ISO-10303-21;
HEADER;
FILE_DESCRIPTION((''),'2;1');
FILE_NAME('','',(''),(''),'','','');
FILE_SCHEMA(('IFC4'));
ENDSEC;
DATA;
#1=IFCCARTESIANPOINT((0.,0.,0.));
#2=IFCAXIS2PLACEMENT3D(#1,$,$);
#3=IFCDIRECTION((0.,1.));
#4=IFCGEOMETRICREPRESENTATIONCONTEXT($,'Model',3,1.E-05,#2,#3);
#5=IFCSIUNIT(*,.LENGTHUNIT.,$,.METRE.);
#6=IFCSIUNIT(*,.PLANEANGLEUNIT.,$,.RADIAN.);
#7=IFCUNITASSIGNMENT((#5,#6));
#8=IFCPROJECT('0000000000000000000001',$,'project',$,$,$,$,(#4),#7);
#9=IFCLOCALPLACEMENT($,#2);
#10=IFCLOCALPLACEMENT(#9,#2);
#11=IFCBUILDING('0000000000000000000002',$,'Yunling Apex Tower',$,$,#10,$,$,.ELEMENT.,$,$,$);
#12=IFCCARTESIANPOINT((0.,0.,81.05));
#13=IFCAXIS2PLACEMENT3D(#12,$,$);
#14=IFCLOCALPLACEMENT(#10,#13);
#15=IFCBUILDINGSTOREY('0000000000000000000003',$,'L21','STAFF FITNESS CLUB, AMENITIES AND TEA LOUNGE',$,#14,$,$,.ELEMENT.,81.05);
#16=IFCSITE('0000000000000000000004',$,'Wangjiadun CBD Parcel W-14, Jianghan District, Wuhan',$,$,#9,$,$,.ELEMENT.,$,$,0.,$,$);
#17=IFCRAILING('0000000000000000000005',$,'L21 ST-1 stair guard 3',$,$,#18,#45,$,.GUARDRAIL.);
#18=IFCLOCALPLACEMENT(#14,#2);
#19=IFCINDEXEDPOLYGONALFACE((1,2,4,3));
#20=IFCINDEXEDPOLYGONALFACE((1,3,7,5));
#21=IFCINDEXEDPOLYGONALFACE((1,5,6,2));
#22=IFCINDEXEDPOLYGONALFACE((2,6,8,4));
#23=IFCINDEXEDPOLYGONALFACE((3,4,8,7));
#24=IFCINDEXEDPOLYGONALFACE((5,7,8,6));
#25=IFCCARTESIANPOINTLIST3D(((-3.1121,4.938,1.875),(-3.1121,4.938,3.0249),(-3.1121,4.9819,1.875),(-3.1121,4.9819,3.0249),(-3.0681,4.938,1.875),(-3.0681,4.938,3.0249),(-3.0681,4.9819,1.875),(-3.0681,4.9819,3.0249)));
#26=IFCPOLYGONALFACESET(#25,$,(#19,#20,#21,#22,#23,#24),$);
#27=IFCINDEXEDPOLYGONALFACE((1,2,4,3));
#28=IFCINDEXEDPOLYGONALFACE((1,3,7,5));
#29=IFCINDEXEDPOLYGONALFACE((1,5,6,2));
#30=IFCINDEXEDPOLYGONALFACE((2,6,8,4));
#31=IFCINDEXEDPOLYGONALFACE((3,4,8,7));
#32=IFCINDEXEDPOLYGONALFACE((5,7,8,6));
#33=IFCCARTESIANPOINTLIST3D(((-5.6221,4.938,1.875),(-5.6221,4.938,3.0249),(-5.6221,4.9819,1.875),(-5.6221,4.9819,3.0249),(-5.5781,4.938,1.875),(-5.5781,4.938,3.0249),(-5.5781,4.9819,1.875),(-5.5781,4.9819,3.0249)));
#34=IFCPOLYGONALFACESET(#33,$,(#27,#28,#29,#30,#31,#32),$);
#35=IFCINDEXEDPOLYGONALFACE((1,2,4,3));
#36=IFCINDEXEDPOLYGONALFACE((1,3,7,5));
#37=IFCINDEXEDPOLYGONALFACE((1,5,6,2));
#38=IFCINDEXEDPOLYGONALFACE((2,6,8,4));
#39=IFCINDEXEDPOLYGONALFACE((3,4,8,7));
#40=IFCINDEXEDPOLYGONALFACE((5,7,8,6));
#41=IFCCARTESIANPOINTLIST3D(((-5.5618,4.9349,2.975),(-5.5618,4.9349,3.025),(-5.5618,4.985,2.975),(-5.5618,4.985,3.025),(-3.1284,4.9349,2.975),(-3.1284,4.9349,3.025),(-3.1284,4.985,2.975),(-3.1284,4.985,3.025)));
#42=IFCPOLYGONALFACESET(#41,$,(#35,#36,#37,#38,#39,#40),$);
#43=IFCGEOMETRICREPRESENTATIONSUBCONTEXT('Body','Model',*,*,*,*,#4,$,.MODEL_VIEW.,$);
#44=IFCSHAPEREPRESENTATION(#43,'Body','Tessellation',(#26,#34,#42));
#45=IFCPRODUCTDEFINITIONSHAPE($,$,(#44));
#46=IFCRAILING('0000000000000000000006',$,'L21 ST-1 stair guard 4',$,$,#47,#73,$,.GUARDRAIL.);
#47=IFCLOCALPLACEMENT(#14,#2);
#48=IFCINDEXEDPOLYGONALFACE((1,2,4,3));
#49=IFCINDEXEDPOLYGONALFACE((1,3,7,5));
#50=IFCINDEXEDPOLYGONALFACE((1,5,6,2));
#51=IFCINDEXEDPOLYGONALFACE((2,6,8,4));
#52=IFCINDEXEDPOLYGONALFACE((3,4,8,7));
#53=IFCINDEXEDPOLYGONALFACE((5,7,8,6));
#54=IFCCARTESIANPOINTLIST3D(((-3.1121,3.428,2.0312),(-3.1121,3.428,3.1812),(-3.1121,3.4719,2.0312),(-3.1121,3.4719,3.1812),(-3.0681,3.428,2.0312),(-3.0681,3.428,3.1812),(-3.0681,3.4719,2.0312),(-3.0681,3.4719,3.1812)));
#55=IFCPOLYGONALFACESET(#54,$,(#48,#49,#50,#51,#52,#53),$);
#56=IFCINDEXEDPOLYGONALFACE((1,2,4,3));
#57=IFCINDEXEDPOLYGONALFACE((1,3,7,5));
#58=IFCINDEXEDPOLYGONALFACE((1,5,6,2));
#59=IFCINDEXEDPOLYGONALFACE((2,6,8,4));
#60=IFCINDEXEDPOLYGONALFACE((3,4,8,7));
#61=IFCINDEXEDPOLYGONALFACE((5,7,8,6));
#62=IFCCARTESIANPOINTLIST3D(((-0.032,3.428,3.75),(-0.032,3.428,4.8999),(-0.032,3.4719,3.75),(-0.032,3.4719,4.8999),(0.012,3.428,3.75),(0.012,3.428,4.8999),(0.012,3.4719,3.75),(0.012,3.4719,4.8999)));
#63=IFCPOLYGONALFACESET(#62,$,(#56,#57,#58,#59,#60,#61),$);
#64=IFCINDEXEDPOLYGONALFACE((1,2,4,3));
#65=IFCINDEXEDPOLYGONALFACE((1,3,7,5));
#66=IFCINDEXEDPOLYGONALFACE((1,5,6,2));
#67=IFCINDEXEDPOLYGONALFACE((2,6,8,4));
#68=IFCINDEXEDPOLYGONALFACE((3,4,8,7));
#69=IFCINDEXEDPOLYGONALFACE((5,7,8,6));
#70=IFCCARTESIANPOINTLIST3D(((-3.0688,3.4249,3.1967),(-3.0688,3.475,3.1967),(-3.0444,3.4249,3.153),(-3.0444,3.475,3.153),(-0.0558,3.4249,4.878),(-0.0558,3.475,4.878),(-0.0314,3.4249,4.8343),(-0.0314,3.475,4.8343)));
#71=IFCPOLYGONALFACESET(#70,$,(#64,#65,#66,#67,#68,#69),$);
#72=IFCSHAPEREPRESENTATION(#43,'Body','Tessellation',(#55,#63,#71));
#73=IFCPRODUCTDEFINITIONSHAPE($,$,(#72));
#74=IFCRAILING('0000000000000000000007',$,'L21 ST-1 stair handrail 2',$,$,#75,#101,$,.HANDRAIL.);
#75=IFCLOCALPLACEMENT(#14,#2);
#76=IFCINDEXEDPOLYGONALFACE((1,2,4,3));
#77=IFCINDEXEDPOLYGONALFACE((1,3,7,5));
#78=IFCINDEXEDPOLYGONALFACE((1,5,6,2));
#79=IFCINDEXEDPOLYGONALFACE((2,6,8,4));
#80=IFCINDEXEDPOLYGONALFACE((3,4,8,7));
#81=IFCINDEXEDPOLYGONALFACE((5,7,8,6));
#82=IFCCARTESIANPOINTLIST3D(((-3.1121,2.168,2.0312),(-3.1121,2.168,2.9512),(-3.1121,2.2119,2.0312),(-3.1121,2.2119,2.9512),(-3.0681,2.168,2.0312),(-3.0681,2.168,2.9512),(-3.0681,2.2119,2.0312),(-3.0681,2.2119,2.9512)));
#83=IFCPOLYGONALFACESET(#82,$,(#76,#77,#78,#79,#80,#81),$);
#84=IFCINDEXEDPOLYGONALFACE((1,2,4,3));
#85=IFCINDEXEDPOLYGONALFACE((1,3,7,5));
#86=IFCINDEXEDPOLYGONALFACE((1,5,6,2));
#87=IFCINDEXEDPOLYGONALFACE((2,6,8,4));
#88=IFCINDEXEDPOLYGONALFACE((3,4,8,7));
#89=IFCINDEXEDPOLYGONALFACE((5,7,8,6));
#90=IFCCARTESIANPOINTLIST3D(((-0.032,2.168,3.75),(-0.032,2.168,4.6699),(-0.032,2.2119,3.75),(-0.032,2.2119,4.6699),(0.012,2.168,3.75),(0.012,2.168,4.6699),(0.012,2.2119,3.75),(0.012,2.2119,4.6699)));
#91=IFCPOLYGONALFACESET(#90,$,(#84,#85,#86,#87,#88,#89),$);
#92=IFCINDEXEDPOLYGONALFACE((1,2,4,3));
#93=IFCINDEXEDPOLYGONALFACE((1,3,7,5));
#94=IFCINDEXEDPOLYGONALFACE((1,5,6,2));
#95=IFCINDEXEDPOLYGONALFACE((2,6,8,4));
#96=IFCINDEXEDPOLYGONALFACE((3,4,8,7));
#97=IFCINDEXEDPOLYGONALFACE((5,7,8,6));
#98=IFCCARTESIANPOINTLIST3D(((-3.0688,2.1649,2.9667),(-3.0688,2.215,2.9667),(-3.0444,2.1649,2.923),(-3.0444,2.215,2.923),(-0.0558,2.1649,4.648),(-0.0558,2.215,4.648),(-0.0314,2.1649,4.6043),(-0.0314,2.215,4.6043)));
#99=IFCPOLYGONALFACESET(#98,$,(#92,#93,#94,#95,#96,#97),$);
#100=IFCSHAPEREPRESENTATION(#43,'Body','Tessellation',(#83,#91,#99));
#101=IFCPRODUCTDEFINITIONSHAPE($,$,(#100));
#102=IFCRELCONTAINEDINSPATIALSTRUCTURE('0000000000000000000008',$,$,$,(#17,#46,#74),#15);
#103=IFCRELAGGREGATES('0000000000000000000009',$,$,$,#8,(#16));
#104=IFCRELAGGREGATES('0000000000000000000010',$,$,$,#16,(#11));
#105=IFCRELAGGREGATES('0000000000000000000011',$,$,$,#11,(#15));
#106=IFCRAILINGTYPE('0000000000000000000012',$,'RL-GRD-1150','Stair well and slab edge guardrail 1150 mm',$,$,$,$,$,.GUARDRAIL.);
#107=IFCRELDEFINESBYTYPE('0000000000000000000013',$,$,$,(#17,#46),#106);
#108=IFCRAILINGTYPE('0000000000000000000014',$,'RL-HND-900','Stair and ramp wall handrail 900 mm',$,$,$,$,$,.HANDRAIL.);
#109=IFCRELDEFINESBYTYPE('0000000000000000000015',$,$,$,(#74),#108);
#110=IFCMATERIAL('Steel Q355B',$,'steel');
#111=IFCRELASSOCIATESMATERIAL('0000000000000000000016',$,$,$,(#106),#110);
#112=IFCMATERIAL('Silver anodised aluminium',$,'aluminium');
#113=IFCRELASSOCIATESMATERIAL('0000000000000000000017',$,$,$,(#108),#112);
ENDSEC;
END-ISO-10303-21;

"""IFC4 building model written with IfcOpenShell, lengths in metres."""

from ifc_helpers import new_model, si_unit, direction, frame, origin, origin_2d, place, context, subcontext, project, spatial, rectangle, extrude, material, type_object, element, save


model = new_model("IFC4")

# Units and contexts
model_context = context("Model", 3, precision=1e-05, world=origin(), true_north=direction((0.0, 1.0)))
body_context = subcontext(model_context, "Body", "Model", "MODEL_VIEW")
ifc_project = project(units=[si_unit("LENGTHUNIT", "METRE"), si_unit("PLANEANGLEUNIT", "RADIAN")], contexts=[model_context])

# Site, building, storey
site_placement = place(None, origin())
site = spatial("IfcSite", under=ifc_project, at=site_placement, Name="Wangjiadun CBD Parcel W-14, Jianghan District, Wuhan", CompositionType="ELEMENT", RefElevation=0.0)
building_placement = place(site_placement, origin())
building = spatial("IfcBuilding", under=site, at=building_placement, Name="Yunling Apex Tower", CompositionType="ELEMENT")
storey_placement = place(building_placement, frame((0.0, 0.0, 81.05)))
storey = spatial("IfcBuildingStorey", under=building, at=storey_placement, Name="L21", Description="STAFF FITNESS CLUB, AMENITIES AND TEA LOUNGE", CompositionType="ELEMENT", Elevation=81.05)

# Shared definitions
ifc_material_1 = material(Name="Steel Q355B", Category="steel")

# Shared definitions
ifc_material_2 = material(Name="Silver anodised aluminium", Category="aluminium")

# Railings
railing_type_1 = type_object("IfcRailingType", Name="RL-GRD-1150", Description="Stair well and slab edge guardrail 1150 mm", PredefinedType="GUARDRAIL", material=ifc_material_1)
railing_1_placement = place(storey_placement, frame((-3.0901, 4.96, 1.875)))
element("IfcRailing", 1, at=railing_1_placement, inside=storey, type_object=railing_type_1, Name="L21 ST-1 stair guard 3", PredefinedType="GUARDRAIL", context=body_context, shape_type="SweptSolid", body=[
    extrude(rectangle(XDim=0.0439, YDim=0.0439, at=origin_2d()), origin(), (0.0, 0.0, 1.0), 1.1499),
    extrude(rectangle(XDim=0.0439, YDim=0.0439, at=origin_2d()), frame((-2.51, 0.0, 0.0)), (0.0, 0.0, 1.0), 1.1499),
    extrude(rectangle(XDim=0.05, YDim=0.05, at=origin_2d()), frame((-0.0383, 0.0, 1.125), z_axis=(-1.0, 0.0, 0.0), x_axis=(0.0, -1.0, 0.0)), (0.0, 0.0, 1.0), 2.4333),
])
railing_2_placement = place(storey_placement, frame((-3.0901, 3.45, 2.0312)))
element("IfcRailing", 2, at=railing_2_placement, inside=storey, type_object=railing_type_1, Name="L21 ST-1 stair guard 4", PredefinedType="GUARDRAIL", context=body_context, shape_type="SweptSolid", body=[
    extrude(rectangle(XDim=0.0439, YDim=0.0439, at=origin_2d()), origin(), (0.0, 0.0, 1.0), 1.1499),
    extrude(rectangle(XDim=0.0439, YDim=0.0439, at=origin_2d()), frame((3.0801, 0.0, 1.7188)), (0.0, 0.0, 1.0), 1.1499),
    extrude(rectangle(XDim=0.05, YDim=0.05, at=origin_2d()), frame((0.0334, 0.0, 1.1436), z_axis=(0.873242, 0.0, 0.487288), x_axis=(0.0, 1.0, 0.0)), (0.0, 0.0, 1.0), 3.4504),
])
railing_type_2 = type_object("IfcRailingType", Name="RL-HND-900", Description="Stair and ramp wall handrail 900 mm", PredefinedType="HANDRAIL", material=ifc_material_2)
railing_3_placement = place(storey_placement, frame((-3.0901, 2.1899, 2.0312)))
element("IfcRailing", 3, at=railing_3_placement, inside=storey, type_object=railing_type_2, Name="L21 ST-1 stair handrail 2", PredefinedType="HANDRAIL", context=body_context, shape_type="SweptSolid", body=[
    extrude(rectangle(XDim=0.0439, YDim=0.0439, at=origin_2d()), origin(), (0.0, 0.0, 1.0), 0.9199),
    extrude(rectangle(XDim=0.0439, YDim=0.0439, at=origin_2d()), frame((3.0801, 0.0, 1.7188)), (0.0, 0.0, 1.0), 0.9199),
    extrude(rectangle(XDim=0.05, YDim=0.05, at=origin_2d()), frame((0.0334, 0.0, 0.9136), z_axis=(0.873242, 0.0, 0.487288), x_axis=(0.0, 1.0, 0.0)), (0.0, 0.0, 1.0), 3.4504),
])

save(model, "model.ifc")
